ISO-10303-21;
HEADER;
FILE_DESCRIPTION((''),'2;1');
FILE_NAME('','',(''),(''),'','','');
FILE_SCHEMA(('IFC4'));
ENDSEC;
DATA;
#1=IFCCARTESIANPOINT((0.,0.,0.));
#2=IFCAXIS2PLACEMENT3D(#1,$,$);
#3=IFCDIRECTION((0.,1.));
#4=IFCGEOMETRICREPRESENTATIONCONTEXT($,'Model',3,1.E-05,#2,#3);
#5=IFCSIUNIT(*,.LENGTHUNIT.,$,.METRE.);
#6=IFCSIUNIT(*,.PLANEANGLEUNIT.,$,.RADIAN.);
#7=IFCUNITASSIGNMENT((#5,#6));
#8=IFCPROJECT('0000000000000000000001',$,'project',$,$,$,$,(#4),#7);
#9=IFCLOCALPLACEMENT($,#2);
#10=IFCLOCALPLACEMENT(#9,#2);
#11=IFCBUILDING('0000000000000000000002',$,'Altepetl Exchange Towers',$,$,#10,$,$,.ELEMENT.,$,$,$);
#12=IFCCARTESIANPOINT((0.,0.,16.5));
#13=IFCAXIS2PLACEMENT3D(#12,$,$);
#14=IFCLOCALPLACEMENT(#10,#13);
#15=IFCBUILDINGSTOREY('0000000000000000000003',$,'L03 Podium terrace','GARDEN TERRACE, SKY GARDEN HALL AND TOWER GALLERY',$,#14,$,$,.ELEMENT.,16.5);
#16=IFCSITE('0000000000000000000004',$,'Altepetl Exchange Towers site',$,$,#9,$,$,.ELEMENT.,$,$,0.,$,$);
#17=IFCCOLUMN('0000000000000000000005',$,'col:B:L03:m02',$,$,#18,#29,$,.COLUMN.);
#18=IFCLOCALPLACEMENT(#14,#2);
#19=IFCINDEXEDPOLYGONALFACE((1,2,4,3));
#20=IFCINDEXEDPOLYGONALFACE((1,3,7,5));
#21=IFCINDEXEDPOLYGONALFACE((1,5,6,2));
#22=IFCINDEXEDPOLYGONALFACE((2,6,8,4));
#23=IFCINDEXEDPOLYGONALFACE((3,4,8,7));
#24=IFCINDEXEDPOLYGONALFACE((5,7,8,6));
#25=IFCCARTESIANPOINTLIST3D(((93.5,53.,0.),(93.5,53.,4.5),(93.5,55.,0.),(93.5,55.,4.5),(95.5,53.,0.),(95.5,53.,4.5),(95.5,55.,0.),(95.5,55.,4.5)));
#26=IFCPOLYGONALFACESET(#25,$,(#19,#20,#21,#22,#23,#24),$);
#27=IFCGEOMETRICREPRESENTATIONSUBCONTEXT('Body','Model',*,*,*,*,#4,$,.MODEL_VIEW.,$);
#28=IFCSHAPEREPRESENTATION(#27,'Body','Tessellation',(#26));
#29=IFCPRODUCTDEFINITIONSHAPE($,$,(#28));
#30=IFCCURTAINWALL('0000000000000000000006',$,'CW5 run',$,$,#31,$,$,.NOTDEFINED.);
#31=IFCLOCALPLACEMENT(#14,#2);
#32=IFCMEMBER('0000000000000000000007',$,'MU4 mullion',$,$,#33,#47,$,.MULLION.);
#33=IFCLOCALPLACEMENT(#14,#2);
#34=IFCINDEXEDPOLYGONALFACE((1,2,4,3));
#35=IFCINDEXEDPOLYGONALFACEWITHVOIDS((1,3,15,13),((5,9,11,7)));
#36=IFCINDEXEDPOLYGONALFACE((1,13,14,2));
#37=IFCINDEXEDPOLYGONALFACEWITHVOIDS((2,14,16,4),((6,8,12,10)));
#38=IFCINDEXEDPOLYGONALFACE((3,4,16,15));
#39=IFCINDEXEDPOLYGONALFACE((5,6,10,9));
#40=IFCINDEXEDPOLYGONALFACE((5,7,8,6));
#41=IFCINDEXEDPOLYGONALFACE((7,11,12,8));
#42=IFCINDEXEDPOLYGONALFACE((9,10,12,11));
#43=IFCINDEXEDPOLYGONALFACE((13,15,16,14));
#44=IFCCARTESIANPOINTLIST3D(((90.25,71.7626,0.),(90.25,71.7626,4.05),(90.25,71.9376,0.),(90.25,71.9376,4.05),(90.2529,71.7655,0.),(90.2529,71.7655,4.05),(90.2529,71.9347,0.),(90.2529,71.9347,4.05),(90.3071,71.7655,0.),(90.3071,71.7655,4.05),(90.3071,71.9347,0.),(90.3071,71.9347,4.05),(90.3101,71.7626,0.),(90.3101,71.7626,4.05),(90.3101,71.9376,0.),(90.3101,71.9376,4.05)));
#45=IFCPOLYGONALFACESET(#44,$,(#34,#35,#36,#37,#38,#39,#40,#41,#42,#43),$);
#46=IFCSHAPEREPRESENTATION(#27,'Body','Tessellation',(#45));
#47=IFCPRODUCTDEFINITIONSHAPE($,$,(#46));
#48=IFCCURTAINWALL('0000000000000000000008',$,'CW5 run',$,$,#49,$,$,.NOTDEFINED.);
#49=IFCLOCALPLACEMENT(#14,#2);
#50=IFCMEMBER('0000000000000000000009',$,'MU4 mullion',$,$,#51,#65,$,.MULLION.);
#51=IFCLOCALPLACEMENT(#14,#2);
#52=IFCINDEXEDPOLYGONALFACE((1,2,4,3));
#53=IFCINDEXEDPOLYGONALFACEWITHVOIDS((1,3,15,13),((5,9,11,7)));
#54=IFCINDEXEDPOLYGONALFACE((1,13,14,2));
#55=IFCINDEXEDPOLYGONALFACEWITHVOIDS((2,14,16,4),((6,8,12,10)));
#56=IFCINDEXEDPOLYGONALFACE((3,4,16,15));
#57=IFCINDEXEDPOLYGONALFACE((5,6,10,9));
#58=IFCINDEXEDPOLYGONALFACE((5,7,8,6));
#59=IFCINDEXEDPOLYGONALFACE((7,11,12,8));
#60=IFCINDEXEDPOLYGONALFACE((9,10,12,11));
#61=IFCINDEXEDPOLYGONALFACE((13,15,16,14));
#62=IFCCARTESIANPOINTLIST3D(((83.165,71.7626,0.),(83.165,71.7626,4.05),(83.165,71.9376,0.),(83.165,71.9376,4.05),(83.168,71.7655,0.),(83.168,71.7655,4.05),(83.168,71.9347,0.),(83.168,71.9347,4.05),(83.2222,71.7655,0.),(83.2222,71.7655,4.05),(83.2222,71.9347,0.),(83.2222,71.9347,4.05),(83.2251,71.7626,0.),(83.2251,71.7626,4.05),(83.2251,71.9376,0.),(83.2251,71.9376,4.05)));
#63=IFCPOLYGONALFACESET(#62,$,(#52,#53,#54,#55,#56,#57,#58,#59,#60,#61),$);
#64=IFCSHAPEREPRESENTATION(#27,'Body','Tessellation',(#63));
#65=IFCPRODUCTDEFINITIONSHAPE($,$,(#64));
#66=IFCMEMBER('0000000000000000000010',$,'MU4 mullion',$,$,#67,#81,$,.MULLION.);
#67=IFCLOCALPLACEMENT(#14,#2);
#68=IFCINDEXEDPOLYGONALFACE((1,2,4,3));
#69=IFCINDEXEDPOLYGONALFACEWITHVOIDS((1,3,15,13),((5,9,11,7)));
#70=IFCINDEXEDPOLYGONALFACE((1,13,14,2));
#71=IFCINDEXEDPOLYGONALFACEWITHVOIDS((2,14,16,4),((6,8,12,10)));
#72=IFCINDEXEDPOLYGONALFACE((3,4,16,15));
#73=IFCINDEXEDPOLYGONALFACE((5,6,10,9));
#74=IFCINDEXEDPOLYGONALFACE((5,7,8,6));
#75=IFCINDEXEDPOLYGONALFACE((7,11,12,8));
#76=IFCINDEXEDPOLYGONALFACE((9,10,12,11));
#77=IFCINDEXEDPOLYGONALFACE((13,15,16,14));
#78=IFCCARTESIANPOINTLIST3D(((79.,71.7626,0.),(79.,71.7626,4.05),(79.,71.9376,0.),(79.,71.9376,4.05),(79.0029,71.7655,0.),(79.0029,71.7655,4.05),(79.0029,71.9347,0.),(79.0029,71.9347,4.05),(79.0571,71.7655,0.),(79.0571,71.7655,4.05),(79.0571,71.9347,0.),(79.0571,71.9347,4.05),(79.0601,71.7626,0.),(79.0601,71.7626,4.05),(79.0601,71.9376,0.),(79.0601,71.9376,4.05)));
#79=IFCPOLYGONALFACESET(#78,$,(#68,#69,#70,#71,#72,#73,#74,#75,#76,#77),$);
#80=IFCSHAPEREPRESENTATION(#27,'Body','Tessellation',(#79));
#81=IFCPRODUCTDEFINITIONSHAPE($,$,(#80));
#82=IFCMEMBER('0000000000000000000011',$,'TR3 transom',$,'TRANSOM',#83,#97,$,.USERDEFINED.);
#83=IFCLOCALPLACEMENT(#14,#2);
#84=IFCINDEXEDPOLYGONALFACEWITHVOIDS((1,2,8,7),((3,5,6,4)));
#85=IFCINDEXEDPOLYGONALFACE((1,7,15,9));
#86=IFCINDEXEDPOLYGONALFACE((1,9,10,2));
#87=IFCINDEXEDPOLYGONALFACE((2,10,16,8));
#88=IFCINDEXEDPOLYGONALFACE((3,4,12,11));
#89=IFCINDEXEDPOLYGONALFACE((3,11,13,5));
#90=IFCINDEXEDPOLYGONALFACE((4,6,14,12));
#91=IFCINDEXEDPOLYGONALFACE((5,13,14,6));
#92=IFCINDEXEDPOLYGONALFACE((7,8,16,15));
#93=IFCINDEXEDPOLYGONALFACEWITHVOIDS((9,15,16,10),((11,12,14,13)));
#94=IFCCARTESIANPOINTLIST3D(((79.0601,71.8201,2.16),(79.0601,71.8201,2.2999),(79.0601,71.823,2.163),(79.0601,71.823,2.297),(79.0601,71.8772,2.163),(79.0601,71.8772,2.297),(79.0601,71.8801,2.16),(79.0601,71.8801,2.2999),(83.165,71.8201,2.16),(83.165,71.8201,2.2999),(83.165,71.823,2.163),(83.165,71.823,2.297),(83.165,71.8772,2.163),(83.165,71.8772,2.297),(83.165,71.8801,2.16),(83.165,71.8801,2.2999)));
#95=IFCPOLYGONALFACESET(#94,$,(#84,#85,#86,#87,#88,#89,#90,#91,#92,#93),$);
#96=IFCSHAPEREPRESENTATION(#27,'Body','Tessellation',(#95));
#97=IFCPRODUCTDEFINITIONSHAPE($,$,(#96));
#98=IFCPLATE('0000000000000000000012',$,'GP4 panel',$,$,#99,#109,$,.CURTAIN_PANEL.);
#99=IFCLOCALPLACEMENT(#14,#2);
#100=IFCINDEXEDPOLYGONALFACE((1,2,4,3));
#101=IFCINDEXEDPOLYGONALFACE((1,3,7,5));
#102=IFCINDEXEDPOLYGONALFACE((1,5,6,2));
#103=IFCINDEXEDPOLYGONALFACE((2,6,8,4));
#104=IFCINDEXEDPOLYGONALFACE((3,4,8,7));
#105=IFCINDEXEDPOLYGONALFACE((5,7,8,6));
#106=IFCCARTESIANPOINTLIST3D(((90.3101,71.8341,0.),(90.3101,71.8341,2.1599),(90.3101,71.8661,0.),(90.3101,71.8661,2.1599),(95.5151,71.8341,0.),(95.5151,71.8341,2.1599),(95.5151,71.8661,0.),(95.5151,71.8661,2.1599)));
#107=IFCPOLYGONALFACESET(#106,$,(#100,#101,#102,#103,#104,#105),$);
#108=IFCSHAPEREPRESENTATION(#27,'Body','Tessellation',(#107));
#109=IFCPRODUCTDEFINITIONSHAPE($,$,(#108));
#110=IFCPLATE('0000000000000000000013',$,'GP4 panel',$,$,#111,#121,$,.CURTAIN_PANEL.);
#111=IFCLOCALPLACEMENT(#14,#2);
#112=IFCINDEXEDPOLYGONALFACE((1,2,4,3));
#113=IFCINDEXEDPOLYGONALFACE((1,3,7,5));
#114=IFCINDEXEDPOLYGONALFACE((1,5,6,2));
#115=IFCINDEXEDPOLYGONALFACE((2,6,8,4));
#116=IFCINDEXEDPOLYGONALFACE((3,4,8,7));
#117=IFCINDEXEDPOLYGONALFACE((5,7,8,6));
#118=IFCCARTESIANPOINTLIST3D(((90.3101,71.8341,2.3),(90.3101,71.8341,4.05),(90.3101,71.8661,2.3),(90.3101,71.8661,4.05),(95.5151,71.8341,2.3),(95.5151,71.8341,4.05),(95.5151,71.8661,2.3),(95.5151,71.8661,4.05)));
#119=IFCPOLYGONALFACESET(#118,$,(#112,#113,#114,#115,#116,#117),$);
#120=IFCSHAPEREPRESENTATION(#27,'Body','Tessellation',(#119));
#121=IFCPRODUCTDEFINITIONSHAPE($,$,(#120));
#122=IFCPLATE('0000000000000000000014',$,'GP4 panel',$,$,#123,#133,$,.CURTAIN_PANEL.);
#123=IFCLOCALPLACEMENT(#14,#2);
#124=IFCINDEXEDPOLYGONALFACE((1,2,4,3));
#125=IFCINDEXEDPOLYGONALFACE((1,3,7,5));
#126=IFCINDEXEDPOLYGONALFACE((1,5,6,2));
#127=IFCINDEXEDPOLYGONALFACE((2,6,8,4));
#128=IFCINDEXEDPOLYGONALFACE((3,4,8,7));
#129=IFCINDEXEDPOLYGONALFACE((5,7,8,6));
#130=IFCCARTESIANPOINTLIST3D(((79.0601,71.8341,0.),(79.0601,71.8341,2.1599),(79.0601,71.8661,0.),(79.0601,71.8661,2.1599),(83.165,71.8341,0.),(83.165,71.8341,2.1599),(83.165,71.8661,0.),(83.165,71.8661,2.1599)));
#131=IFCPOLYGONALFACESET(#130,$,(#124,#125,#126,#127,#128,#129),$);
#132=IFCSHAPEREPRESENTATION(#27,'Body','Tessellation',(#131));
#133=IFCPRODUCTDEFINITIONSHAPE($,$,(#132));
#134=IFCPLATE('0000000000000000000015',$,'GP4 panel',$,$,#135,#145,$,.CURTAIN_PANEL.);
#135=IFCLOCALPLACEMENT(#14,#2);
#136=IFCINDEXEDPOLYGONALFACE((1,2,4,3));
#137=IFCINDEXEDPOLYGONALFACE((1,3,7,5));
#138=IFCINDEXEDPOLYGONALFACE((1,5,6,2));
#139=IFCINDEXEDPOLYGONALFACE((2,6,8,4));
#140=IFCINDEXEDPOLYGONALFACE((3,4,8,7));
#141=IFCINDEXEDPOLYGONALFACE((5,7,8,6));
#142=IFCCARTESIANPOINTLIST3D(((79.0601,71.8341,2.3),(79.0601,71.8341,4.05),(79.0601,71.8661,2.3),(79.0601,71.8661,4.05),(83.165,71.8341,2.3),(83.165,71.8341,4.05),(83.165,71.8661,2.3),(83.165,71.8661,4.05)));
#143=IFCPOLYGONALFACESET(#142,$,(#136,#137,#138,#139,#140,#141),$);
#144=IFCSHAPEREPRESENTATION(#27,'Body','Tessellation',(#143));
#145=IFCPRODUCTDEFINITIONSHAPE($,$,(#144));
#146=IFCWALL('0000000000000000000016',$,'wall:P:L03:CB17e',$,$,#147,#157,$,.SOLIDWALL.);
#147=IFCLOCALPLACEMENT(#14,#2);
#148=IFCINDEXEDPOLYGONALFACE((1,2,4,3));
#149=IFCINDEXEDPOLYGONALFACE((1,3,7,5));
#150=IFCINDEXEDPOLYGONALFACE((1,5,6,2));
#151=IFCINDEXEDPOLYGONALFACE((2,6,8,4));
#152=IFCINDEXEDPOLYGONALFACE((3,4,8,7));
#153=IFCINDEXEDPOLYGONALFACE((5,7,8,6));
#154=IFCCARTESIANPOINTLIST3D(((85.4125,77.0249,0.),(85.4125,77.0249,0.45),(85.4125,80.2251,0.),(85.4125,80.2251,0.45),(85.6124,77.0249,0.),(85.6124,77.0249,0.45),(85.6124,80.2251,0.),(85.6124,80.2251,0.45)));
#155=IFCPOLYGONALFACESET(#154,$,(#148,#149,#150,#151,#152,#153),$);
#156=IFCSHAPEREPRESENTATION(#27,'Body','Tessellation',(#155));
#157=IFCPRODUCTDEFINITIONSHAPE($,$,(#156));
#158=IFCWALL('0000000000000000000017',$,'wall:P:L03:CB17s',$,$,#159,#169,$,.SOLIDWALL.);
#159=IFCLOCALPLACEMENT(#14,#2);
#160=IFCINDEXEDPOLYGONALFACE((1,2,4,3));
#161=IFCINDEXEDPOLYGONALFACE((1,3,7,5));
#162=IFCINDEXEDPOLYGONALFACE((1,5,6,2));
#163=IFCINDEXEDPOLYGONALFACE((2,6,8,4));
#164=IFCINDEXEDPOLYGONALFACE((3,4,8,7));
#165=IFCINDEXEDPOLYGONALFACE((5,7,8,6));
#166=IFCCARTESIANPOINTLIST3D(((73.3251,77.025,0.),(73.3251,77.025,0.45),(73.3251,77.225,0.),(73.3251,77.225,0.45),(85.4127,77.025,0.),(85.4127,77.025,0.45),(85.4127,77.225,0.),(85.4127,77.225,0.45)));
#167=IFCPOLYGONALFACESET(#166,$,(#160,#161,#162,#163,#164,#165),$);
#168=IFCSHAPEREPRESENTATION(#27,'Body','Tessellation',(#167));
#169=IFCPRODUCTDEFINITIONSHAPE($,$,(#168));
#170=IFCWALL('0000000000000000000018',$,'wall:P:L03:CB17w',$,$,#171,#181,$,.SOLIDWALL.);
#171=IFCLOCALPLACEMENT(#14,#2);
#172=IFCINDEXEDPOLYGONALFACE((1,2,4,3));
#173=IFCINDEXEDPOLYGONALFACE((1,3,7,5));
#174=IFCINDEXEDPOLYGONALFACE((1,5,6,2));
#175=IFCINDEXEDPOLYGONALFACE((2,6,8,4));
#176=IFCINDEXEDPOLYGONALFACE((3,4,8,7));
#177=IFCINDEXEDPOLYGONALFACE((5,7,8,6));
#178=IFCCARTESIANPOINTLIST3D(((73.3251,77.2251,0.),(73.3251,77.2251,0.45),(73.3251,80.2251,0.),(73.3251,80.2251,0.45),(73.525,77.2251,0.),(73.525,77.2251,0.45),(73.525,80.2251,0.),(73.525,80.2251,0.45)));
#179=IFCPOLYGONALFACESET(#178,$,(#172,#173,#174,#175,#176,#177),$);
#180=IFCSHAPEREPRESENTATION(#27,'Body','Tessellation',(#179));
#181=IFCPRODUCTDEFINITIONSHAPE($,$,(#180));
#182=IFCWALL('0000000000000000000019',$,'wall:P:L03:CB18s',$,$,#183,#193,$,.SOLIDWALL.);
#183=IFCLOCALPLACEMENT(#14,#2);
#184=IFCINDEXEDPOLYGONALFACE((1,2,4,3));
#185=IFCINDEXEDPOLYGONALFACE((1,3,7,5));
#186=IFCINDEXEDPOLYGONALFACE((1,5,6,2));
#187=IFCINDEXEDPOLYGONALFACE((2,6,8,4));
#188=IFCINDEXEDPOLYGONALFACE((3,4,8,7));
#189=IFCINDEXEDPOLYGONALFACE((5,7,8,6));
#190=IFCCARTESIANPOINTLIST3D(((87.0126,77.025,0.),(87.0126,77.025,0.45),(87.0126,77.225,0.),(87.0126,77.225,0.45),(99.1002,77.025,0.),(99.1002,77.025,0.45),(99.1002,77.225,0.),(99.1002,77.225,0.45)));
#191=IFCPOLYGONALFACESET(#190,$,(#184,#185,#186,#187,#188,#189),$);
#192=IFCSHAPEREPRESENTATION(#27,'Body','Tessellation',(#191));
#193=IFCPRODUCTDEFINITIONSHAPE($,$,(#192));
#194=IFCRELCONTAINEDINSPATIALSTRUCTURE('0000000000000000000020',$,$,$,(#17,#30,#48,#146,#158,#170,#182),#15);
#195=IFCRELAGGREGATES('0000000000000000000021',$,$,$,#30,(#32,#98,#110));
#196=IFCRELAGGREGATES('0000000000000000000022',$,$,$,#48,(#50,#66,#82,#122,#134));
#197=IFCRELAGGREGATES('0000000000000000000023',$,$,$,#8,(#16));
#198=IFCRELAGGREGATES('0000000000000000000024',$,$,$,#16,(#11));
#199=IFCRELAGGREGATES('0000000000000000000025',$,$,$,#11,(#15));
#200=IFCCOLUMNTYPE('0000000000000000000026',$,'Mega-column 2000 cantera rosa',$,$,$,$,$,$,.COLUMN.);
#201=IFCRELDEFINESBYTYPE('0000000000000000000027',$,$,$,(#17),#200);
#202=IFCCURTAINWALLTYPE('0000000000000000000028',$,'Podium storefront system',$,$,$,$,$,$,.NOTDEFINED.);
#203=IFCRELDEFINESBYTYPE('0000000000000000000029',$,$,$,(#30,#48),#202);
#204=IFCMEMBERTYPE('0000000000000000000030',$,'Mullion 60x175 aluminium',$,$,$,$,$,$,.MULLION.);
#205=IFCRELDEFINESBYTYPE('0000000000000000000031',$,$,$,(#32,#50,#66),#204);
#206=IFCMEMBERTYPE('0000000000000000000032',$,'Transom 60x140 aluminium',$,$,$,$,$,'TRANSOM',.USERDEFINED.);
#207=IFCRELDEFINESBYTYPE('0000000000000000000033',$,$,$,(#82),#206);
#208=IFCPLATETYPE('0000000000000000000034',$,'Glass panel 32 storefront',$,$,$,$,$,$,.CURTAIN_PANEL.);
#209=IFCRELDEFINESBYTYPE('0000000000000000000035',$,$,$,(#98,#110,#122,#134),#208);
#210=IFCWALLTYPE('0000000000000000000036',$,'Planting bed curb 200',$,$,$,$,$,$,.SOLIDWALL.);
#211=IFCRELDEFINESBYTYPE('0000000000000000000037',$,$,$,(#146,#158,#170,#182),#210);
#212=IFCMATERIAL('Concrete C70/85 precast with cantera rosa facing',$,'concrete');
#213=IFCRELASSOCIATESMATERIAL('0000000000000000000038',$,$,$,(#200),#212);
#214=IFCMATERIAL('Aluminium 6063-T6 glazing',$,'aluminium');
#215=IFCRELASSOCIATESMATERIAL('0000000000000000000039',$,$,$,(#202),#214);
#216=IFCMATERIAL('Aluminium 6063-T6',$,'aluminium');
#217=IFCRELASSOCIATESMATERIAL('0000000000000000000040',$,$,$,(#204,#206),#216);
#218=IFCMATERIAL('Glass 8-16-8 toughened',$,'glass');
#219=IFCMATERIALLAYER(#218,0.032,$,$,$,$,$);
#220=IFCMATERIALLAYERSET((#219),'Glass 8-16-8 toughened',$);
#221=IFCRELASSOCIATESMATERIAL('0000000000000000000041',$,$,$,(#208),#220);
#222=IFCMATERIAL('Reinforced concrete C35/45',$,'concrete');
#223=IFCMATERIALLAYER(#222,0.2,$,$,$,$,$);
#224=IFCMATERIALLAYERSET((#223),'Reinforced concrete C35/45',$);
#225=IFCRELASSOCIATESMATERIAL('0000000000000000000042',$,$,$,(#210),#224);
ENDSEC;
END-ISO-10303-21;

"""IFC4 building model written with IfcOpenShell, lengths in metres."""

from ifc_helpers import new_model, si_unit, direction, frame, frame_2d, origin, origin_2d, place, context, subcontext, project, spatial, rectangle, hollow_rectangle, extrude, material, layer, layer_set, material_profile, profile_set, type_object, element, aggregate, save


model = new_model("IFC4")

# Units and contexts
model_context = context("Model", 3, precision=1e-05, world=origin(), true_north=direction((0.0, 1.0)))
body_context = subcontext(model_context, "Body", "Model", "MODEL_VIEW")
ifc_project = project(units=[si_unit("LENGTHUNIT", "METRE"), si_unit("PLANEANGLEUNIT", "RADIAN")], contexts=[model_context])

# Site, building, storey
site_placement = place(None, origin())
site = spatial("IfcSite", under=ifc_project, at=site_placement, Name="Altepetl Exchange Towers site", CompositionType="ELEMENT", RefElevation=0.0)
building_placement = place(site_placement, origin())
building = spatial("IfcBuilding", under=site, at=building_placement, Name="Altepetl Exchange Towers", CompositionType="ELEMENT")
storey_placement = place(building_placement, frame((0.0, 0.0, 16.5)))
storey = spatial("IfcBuildingStorey", under=building, at=storey_placement, Name="L03 Podium terrace", Description="GARDEN TERRACE, SKY GARDEN HALL AND TOWER GALLERY", CompositionType="ELEMENT", Elevation=16.5)

# Column
ifc_material_1 = material(Name="Concrete C70/85 precast with cantera rosa facing", Category="concrete")
ifc_material_profile_1 = material_profile(ifc_material_1, rectangle(XDim=2.0, YDim=2.0, at=origin_2d()), Name="2000 x 2000")
ifc_profile_set_1 = profile_set([ifc_material_profile_1], Name="Concrete C70/85 precast with cantera rosa facing")
column_type = type_object("IfcColumnType", Name="Mega-column 2000 cantera rosa", PredefinedType="COLUMN", material=ifc_profile_set_1)
column_placement = place(storey_placement, frame((94.5, 54.0, 0.0)))
element("IfcColumn", 1, at=column_placement, inside=storey, type_object=column_type, Name="col:B:L03:m02", PredefinedType="COLUMN", context=body_context, shape_type="SweptSolid", body=[
    extrude(rectangle(XDim=2.0, YDim=2.0, at=origin_2d()), origin(), (0.0, 0.0, 1.0), 4.5),
])

# Curtain wall, member
ifc_material_2 = material(Name="Aluminium 6063-T6 glazing", Category="aluminium")
curtain_wall_type = type_object("IfcCurtainWallType", Name="Podium storefront system", PredefinedType="NOTDEFINED", material=ifc_material_2)
curtain_wall_1_placement = place(storey_placement, origin())
curtain_wall_1 = element("IfcCurtainWall", 2, at=curtain_wall_1_placement, inside=storey, type_object=curtain_wall_type, Name="CW5 run", PredefinedType="NOTDEFINED")
ifc_material_3 = material(Name="Aluminium 6063-T6", Category="aluminium")
ifc_material_profile_2 = material_profile(ifc_material_3, hollow_rectangle(XDim=0.0601, YDim=0.175, WallThickness=0.0029, at=origin_2d()), Name="Mullion 60x175 aluminium")
ifc_profile_set_2 = profile_set([ifc_material_profile_2], Name="Aluminium 6063-T6")
member_type_1 = type_object("IfcMemberType", Name="Mullion 60x175 aluminium", PredefinedType="MULLION", material=ifc_profile_set_2)
member_1_placement = place(storey_placement, frame((90.28, 71.8501, 0.0), z_axis=(0.0, 0.0, 1.0), x_axis=(-1.0, 0.0, 0.0)))
member_1 = element("IfcMember", 3, at=member_1_placement, type_object=member_type_1, Name="MU4 mullion", PredefinedType="MULLION", context=body_context, shape_type="SweptSolid", body=[
    extrude(hollow_rectangle(XDim=0.0601, YDim=0.175, WallThickness=0.0029, at=origin_2d()), origin(), (0.0, 0.0, 1.0), 4.05),
])

# Curtain wall, members
curtain_wall_2_placement = place(storey_placement, origin())
curtain_wall_2 = element("IfcCurtainWall", 4, at=curtain_wall_2_placement, inside=storey, type_object=curtain_wall_type, Name="CW5 run", PredefinedType="NOTDEFINED")
member_2_placement = place(storey_placement, frame((83.1951, 71.8501, 0.0), z_axis=(0.0, 0.0, 1.0), x_axis=(-1.0, 0.0, 0.0)))
member_2 = element("IfcMember", 5, at=member_2_placement, type_object=member_type_1, Name="MU4 mullion", PredefinedType="MULLION", context=body_context, shape_type="SweptSolid", body=[
    extrude(hollow_rectangle(XDim=0.0601, YDim=0.175, WallThickness=0.0029, at=origin_2d()), origin(), (0.0, 0.0, 1.0), 4.05),
])
member_3_placement = place(storey_placement, frame((79.03, 71.8501, 0.0), z_axis=(0.0, 0.0, 1.0), x_axis=(-1.0, 0.0, 0.0)))
member_3 = element("IfcMember", 6, at=member_3_placement, type_object=member_type_1, Name="MU4 mullion", PredefinedType="MULLION", context=body_context, shape_type="SweptSolid", body=[
    extrude(hollow_rectangle(XDim=0.0601, YDim=0.175, WallThickness=0.0029, at=origin_2d()), origin(), (0.0, 0.0, 1.0), 4.05),
])
ifc_material_profile_3 = material_profile(ifc_material_3, hollow_rectangle(XDim=0.0601, YDim=0.1399, WallThickness=0.0029, at=origin_2d()), Name="Transom 60x140 aluminium")
ifc_profile_set_3 = profile_set([ifc_material_profile_3], Name="Aluminium 6063-T6")
member_type_2 = type_object("IfcMemberType", Name="Transom 60x140 aluminium", ElementType="TRANSOM", PredefinedType="USERDEFINED", material=ifc_profile_set_3)
member_4_placement = place(storey_placement, frame((83.165, 71.8501, 2.23), z_axis=(-1.0, 0.0, 0.0), x_axis=(0.0, -1.0, 0.0)))
member_4 = element("IfcMember", 7, at=member_4_placement, type_object=member_type_2, Name="TR3 transom", ObjectType="TRANSOM", PredefinedType="USERDEFINED", context=body_context, shape_type="SweptSolid", body=[
    extrude(hollow_rectangle(XDim=0.0601, YDim=0.1399, WallThickness=0.0029, at=origin_2d()), origin(), (0.0, 0.0, 1.0), 4.105),
])

# Plates
ifc_material_4 = material(Name="Glass 8-16-8 toughened", Category="glass")
ifc_layer_1 = layer(ifc_material_4, 0.032)
ifc_layer_set_1 = layer_set([ifc_layer_1], Name="Glass 8-16-8 toughened")
plate_type = type_object("IfcPlateType", Name="Glass panel 32 storefront", PredefinedType="CURTAIN_PANEL", material=ifc_layer_set_1)
plate_1_placement = place(storey_placement, frame((92.9126, 71.8501, 0.0), z_axis=(0.0, 0.0, 1.0), x_axis=(-1.0, 0.0, 0.0)))
plate_1 = element("IfcPlate", 8, at=plate_1_placement, type_object=plate_type, Name="GP4 panel", PredefinedType="CURTAIN_PANEL", context=body_context, shape_type="SweptSolid", body=[
    extrude(rectangle(XDim=5.2051, YDim=0.032, at=origin_2d()), origin(), (0.0, 0.0, 1.0), 2.1599),
])
plate_2_placement = place(storey_placement, frame((92.9126, 71.8501, 2.3), z_axis=(0.0, 0.0, 1.0), x_axis=(-1.0, 0.0, 0.0)))
plate_2 = element("IfcPlate", 9, at=plate_2_placement, type_object=plate_type, Name="GP4 panel", PredefinedType="CURTAIN_PANEL", context=body_context, shape_type="SweptSolid", body=[
    extrude(rectangle(XDim=5.2051, YDim=0.032, at=origin_2d()), origin(), (0.0, 0.0, 1.0), 1.75),
])
aggregate(curtain_wall_1, [member_1, plate_1, plate_2])
plate_3_placement = place(storey_placement, frame((81.1125, 71.8501, 0.0), z_axis=(0.0, 0.0, 1.0), x_axis=(-1.0, 0.0, 0.0)))
plate_3 = element("IfcPlate", 10, at=plate_3_placement, type_object=plate_type, Name="GP4 panel", PredefinedType="CURTAIN_PANEL", context=body_context, shape_type="SweptSolid", body=[
    extrude(rectangle(XDim=4.105, YDim=0.032, at=origin_2d()), origin(), (0.0, 0.0, 1.0), 2.1599),
])
plate_4_placement = place(storey_placement, frame((81.1125, 71.8501, 2.3), z_axis=(0.0, 0.0, 1.0), x_axis=(-1.0, 0.0, 0.0)))
plate_4 = element("IfcPlate", 11, at=plate_4_placement, type_object=plate_type, Name="GP4 panel", PredefinedType="CURTAIN_PANEL", context=body_context, shape_type="SweptSolid", body=[
    extrude(rectangle(XDim=4.105, YDim=0.032, at=origin_2d()), origin(), (0.0, 0.0, 1.0), 1.75),
])
aggregate(curtain_wall_2, [member_2, member_3, member_4, plate_3, plate_4])

# Walls
ifc_material_5 = material(Name="Reinforced concrete C35/45", Category="concrete")
ifc_layer_2 = layer(ifc_material_5, 0.2)
ifc_layer_set_2 = layer_set([ifc_layer_2], Name="Reinforced concrete C35/45")
wall_type_1 = type_object("IfcWallType", Name="Planting bed curb 200", PredefinedType="SOLIDWALL", material=ifc_layer_set_2)
wall_1_placement = place(storey_placement, frame((85.5125, 77.0249, 0.0), z_axis=(0.0, 0.0, 1.0), x_axis=(0.0, 1.0, 0.0)))
element("IfcWall", 12, at=wall_1_placement, inside=storey, type_object=wall_type_1, Name="wall:P:L03:CB17e", PredefinedType="SOLIDWALL", context=body_context, shape_type="SweptSolid", body=[
    extrude(rectangle(XDim=3.2002, YDim=0.2, at=frame_2d((1.6001, 0.0))), origin(), (0.0, 0.0, 1.0), 0.45),
])
wall_2_placement = place(storey_placement, frame((73.325, 77.125, 0.0)))
element("IfcWall", 13, at=wall_2_placement, inside=storey, type_object=wall_type_1, Name="wall:P:L03:CB17s", PredefinedType="SOLIDWALL", context=body_context, shape_type="SweptSolid", body=[
    extrude(rectangle(XDim=12.0876, YDim=0.2, at=frame_2d((6.0439, 0.0))), origin(), (0.0, 0.0, 1.0), 0.45),
])
wall_3_placement = place(storey_placement, frame((73.425, 77.2251, 0.0), z_axis=(0.0, 0.0, 1.0), x_axis=(0.0, 1.0, 0.0)))
element("IfcWall", 14, at=wall_3_placement, inside=storey, type_object=wall_type_1, Name="wall:P:L03:CB17w", PredefinedType="SOLIDWALL", context=body_context, shape_type="SweptSolid", body=[
    extrude(rectangle(XDim=3.0, YDim=0.2, at=frame_2d((1.5, 0.0))), origin(), (0.0, 0.0, 1.0), 0.45),
])
wall_4_placement = place(storey_placement, frame((87.0125, 77.125, 0.0)))
element("IfcWall", 15, at=wall_4_placement, inside=storey, type_object=wall_type_1, Name="wall:P:L03:CB18s", PredefinedType="SOLIDWALL", context=body_context, shape_type="SweptSolid", body=[
    extrude(rectangle(XDim=12.0876, YDim=0.2, at=frame_2d((6.0439, 0.0))), origin(), (0.0, 0.0, 1.0), 0.45),
])

save(model, "model.ifc")
